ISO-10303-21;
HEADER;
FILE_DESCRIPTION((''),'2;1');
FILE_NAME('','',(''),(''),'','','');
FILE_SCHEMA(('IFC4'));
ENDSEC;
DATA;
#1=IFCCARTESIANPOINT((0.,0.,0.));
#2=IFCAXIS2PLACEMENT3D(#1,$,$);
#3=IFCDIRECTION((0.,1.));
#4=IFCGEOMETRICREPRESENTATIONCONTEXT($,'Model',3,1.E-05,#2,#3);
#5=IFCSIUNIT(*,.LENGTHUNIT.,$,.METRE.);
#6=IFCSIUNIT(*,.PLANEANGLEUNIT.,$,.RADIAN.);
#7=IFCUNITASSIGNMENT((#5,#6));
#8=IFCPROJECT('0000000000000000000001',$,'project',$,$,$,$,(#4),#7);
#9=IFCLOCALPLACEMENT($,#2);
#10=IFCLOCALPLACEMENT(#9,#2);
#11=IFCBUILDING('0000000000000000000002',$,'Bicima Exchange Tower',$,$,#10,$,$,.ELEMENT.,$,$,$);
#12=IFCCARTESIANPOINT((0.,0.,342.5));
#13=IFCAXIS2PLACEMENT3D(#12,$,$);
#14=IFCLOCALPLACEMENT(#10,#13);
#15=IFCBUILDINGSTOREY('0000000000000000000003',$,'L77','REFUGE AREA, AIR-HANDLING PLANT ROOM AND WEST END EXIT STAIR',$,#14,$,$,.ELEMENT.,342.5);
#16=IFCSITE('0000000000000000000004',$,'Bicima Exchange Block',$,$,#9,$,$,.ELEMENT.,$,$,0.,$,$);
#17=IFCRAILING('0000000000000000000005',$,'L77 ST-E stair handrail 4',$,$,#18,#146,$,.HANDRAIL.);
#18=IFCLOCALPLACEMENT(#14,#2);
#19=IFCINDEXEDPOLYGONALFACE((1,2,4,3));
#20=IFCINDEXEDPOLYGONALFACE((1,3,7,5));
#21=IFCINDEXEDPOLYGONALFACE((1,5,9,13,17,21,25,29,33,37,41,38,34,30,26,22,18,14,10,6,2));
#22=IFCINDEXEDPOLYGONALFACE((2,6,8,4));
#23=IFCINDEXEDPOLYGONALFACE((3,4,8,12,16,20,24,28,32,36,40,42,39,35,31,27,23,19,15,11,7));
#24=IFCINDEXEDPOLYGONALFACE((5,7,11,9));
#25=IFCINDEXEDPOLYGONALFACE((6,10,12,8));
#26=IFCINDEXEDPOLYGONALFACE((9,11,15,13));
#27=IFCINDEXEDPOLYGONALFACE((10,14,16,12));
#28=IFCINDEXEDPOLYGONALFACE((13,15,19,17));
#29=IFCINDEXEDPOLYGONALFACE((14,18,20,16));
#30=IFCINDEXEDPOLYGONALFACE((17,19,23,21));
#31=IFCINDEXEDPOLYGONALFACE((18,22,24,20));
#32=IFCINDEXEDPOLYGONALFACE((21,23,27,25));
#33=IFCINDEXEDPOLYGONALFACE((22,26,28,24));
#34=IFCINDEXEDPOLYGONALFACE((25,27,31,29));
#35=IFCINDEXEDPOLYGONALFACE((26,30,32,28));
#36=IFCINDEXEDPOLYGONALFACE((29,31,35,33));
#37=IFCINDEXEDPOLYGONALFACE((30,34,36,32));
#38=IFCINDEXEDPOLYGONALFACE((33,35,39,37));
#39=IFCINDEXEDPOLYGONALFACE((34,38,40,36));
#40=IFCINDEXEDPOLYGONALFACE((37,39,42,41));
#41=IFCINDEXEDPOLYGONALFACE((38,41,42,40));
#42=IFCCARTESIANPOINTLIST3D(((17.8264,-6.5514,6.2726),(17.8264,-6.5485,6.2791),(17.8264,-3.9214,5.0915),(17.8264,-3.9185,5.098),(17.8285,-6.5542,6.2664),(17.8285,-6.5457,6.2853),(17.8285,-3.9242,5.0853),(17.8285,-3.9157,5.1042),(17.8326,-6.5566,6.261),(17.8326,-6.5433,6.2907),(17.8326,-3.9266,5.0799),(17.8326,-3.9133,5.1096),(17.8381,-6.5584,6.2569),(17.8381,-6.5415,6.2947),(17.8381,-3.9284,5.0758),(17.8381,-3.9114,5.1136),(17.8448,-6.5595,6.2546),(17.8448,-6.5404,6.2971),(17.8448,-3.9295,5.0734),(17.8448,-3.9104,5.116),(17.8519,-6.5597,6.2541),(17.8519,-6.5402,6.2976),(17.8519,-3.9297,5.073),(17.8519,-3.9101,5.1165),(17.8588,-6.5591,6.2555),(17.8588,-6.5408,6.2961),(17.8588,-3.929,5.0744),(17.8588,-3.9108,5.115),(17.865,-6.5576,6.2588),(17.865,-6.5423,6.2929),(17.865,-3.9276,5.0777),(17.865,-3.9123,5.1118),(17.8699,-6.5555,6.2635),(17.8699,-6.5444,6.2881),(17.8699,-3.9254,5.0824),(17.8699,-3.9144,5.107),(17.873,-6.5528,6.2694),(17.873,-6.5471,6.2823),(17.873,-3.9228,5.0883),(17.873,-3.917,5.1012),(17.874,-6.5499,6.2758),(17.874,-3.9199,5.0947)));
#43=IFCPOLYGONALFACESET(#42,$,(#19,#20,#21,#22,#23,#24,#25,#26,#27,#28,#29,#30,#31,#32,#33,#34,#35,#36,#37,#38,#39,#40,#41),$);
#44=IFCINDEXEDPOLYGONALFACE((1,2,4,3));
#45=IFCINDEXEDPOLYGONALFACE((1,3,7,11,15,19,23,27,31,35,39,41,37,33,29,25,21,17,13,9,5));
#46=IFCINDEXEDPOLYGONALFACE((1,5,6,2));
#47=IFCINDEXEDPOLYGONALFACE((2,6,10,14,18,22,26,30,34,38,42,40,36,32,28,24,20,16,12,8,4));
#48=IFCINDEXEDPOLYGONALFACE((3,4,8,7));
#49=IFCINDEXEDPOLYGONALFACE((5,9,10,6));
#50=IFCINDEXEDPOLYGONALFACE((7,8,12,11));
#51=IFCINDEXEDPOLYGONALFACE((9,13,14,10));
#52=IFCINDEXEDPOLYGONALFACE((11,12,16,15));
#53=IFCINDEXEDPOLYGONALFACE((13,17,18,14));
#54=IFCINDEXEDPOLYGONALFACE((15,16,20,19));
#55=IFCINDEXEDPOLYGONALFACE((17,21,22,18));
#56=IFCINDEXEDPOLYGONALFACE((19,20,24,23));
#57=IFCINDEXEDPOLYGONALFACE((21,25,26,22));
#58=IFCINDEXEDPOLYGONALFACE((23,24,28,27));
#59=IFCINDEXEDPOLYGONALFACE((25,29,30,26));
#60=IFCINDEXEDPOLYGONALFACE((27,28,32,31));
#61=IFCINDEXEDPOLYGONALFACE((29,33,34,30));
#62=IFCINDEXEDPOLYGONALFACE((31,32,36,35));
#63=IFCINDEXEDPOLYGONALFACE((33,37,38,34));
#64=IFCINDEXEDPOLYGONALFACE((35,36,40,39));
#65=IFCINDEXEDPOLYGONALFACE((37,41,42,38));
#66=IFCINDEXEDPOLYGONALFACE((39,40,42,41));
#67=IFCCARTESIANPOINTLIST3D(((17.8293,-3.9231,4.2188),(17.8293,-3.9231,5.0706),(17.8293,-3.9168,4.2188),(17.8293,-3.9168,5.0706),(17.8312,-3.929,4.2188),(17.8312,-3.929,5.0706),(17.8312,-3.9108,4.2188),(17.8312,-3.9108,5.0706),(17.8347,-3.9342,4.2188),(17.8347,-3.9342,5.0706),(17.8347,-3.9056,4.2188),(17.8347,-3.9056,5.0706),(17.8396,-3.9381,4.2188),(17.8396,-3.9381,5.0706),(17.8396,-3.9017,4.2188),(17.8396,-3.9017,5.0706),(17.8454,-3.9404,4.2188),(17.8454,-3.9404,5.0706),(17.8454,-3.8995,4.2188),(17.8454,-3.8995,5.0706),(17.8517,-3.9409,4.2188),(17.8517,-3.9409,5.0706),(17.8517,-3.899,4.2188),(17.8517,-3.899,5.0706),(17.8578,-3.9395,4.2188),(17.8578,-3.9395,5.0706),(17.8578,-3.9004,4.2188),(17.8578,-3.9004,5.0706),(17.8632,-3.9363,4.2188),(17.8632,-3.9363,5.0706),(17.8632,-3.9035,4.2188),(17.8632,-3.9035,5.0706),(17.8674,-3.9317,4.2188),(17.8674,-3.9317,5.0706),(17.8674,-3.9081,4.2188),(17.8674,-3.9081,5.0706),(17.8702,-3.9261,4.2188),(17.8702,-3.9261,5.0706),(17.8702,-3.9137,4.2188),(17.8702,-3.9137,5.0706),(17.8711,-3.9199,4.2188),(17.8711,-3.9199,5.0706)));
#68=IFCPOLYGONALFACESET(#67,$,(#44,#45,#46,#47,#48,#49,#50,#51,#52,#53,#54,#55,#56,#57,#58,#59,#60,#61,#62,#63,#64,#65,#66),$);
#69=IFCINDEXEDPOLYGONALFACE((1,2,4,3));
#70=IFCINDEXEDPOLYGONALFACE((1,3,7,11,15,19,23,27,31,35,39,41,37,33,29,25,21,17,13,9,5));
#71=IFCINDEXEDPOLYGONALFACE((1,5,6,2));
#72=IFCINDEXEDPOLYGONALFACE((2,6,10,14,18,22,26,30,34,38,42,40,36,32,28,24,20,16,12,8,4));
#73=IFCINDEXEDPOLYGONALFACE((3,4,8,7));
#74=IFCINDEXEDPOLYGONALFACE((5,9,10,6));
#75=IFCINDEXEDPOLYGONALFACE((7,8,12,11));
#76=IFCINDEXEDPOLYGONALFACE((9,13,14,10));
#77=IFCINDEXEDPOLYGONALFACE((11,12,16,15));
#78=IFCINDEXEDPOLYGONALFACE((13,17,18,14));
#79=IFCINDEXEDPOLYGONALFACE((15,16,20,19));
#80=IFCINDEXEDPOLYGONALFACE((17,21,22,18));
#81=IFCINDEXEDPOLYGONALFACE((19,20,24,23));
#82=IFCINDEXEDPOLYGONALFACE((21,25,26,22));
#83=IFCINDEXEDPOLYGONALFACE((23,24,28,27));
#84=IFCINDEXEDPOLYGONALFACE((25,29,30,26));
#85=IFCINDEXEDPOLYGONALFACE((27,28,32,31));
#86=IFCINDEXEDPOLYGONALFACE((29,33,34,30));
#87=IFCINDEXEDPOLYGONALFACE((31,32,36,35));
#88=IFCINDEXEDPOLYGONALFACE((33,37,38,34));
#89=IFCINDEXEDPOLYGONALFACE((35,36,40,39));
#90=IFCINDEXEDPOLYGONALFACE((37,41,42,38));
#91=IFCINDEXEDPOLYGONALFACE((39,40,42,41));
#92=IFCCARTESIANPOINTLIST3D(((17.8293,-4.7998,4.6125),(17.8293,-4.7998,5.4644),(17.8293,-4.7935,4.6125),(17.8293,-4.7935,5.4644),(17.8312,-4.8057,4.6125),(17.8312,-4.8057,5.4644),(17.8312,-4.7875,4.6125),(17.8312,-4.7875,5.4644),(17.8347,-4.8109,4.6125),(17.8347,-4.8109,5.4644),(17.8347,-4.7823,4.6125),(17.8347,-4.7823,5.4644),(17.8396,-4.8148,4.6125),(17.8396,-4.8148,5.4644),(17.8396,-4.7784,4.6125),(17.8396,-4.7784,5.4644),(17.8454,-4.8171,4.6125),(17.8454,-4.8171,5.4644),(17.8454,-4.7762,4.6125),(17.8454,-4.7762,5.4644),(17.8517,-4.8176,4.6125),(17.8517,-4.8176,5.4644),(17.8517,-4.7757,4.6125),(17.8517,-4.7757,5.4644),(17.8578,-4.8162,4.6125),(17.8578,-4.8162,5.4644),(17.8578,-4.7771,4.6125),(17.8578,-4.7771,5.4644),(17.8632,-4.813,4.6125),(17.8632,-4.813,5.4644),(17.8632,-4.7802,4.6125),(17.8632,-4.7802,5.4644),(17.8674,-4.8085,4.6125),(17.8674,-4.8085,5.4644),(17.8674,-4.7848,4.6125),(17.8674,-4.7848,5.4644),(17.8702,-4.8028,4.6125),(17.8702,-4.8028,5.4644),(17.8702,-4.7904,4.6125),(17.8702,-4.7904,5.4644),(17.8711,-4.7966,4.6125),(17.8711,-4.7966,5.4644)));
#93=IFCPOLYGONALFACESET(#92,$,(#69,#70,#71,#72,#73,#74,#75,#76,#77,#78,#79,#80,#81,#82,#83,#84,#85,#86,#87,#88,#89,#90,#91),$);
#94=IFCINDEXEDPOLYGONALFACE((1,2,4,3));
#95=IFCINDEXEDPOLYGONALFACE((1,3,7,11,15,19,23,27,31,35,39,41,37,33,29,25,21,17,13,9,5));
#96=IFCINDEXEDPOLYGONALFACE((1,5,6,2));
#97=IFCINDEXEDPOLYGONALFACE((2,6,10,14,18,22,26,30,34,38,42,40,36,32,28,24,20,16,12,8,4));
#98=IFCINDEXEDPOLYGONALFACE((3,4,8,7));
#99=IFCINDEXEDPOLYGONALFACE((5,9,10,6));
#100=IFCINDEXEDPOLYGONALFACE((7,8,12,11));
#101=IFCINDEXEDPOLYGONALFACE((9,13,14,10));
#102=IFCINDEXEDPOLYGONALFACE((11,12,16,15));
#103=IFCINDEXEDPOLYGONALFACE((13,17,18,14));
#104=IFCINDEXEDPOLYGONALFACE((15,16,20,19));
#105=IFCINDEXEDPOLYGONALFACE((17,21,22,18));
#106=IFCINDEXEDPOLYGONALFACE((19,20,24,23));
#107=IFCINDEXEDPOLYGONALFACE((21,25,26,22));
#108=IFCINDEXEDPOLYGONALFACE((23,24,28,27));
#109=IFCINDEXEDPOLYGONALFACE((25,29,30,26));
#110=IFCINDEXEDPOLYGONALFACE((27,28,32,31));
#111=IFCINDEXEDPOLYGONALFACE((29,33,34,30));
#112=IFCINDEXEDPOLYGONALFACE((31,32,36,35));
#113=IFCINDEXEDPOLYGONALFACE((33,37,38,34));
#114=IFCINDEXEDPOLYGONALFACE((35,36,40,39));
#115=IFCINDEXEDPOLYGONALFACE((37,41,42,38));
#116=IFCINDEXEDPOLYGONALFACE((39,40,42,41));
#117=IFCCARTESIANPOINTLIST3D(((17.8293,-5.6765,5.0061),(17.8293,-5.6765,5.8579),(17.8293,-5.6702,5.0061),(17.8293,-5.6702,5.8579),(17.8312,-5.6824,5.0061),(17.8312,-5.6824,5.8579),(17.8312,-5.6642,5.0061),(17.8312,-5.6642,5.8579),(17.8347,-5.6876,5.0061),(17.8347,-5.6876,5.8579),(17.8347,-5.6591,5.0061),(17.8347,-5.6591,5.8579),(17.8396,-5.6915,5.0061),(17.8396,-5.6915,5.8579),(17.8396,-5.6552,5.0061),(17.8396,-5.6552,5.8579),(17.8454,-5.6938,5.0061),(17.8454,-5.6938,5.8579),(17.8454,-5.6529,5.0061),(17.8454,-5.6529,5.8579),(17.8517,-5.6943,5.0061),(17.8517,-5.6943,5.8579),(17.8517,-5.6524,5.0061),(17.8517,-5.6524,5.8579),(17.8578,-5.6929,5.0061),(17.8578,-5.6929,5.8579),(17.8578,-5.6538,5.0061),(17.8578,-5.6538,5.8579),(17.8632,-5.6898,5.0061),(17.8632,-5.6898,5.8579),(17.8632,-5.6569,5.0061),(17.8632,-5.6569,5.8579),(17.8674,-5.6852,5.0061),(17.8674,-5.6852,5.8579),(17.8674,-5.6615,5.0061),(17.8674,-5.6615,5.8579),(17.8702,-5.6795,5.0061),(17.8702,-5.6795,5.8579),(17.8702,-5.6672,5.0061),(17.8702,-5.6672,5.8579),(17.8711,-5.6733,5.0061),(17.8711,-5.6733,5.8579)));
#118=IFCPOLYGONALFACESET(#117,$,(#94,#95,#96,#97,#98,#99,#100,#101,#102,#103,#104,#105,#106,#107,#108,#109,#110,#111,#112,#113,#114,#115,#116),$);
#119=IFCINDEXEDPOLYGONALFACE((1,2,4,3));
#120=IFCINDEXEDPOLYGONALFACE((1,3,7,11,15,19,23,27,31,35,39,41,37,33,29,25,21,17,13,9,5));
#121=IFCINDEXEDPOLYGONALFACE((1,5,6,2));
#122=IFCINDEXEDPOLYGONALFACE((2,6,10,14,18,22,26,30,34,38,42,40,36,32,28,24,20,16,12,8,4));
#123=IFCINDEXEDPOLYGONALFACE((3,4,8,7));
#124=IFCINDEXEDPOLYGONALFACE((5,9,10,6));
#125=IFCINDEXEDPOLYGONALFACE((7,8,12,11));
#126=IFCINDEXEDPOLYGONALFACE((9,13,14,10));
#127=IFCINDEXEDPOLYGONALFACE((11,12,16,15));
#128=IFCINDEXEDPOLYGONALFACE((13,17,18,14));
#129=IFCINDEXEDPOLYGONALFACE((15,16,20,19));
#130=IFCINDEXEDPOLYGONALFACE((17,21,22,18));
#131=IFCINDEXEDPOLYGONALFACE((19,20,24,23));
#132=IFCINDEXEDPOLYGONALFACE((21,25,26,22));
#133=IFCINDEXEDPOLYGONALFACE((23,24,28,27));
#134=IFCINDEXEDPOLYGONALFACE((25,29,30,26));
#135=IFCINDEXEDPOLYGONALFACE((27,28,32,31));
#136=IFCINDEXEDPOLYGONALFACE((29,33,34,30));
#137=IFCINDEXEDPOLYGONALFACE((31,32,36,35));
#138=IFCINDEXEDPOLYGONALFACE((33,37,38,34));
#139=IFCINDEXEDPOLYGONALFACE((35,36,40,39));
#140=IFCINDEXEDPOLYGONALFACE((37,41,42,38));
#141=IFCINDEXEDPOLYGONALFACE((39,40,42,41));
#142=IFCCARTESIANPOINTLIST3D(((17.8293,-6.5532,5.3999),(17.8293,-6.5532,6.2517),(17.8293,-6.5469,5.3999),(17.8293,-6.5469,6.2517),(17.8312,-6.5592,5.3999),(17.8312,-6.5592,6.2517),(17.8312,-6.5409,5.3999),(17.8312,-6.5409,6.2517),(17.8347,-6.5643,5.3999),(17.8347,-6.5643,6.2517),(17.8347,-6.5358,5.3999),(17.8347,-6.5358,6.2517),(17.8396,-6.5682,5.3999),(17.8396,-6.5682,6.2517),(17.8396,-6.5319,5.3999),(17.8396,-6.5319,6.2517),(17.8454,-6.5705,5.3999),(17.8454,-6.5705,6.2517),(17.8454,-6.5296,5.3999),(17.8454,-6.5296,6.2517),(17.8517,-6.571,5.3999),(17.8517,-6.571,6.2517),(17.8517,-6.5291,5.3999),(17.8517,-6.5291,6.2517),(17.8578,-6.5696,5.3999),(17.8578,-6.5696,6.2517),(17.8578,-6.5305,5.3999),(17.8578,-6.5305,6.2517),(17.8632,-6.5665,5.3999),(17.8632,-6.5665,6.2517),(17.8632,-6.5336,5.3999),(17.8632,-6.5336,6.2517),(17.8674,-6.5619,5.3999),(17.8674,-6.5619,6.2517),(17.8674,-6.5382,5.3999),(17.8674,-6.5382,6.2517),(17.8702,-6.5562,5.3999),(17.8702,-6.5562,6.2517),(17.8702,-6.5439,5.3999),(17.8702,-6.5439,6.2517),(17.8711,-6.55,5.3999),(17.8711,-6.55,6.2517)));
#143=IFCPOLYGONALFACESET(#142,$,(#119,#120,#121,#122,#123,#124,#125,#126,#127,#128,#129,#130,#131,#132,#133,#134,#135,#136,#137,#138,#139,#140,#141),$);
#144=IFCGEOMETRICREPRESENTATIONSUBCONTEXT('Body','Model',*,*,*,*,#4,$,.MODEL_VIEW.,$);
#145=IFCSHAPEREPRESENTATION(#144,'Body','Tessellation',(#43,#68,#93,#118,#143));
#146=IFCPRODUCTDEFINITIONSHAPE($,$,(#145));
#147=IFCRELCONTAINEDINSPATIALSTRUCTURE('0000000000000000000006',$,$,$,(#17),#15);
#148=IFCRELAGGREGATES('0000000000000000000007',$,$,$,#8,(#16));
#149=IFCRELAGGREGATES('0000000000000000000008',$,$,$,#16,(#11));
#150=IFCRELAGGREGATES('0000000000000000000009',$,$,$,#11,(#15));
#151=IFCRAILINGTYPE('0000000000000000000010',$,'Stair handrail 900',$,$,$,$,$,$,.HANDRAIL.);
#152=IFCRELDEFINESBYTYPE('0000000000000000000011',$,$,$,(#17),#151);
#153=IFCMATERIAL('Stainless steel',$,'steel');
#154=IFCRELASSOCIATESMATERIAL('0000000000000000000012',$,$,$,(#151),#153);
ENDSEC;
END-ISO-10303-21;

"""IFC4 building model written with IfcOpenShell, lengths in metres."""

from ifc_helpers import new_model, si_unit, direction, frame, origin, origin_2d, place, context, subcontext, project, spatial, circle, extrude, material, type_object, element, save


model = new_model("IFC4")

# Units and contexts
model_context = context("Model", 3, precision=1e-05, world=origin(), true_north=direction((0.0, 1.0)))
body_context = subcontext(model_context, "Body", "Model", "MODEL_VIEW")
ifc_project = project(units=[si_unit("LENGTHUNIT", "METRE"), si_unit("PLANEANGLEUNIT", "RADIAN")], contexts=[model_context])

# Site, building, storey
site_placement = place(None, origin())
site = spatial("IfcSite", under=ifc_project, at=site_placement, Name="Bicima Exchange Block", CompositionType="ELEMENT", RefElevation=0.0)
building_placement = place(site_placement, origin())
building = spatial("IfcBuilding", under=site, at=building_placement, Name="Bicima Exchange Tower", CompositionType="ELEMENT")
storey_placement = place(building_placement, frame((0.0, 0.0, 342.5)))
storey = spatial("IfcBuildingStorey", under=building, at=storey_placement, Name="L77", Description="REFUGE AREA, AIR-HANDLING PLANT ROOM AND WEST END EXIT STAIR", CompositionType="ELEMENT", Elevation=342.5)

# Railing
ifc_material_1 = material(Name="Stainless steel", Category="steel")
railing_type_1 = type_object("IfcRailingType", Name="Stair handrail 900", PredefinedType="HANDRAIL", material=ifc_material_1)
railing_1_placement = place(storey_placement, frame((17.8501, -3.9199, 4.2188)))
element("IfcRailing", 1, at=railing_1_placement, inside=storey, type_object=railing_type_1, Name="L77 ST-E stair handrail 4", PredefinedType="HANDRAIL", context=body_context, shape_type="SweptSolid", body=[
    extrude(circle(Radius=0.0239, at=origin_2d()), frame((0.0, 0.0, 0.876), z_axis=(0.0, -0.912233, 0.409671), x_axis=(1.0, 0.0, 0.0)), (0.0, 0.0, 1.0), 2.8831),
    extrude(circle(Radius=0.021, at=origin_2d()), origin(), (0.0, 0.0, 1.0), 0.8518),
    extrude(circle(Radius=0.021, at=origin_2d()), frame((0.0, -0.8767, 0.3938)), (0.0, 0.0, 1.0), 0.8518),
    extrude(circle(Radius=0.021, at=origin_2d()), frame((0.0, -1.7534, 0.7874)), (0.0, 0.0, 1.0), 0.8518),
    extrude(circle(Radius=0.021, at=origin_2d()), frame((0.0, -2.6301, 1.1812)), (0.0, 0.0, 1.0), 0.8518),
])

save(model, "model.ifc")
